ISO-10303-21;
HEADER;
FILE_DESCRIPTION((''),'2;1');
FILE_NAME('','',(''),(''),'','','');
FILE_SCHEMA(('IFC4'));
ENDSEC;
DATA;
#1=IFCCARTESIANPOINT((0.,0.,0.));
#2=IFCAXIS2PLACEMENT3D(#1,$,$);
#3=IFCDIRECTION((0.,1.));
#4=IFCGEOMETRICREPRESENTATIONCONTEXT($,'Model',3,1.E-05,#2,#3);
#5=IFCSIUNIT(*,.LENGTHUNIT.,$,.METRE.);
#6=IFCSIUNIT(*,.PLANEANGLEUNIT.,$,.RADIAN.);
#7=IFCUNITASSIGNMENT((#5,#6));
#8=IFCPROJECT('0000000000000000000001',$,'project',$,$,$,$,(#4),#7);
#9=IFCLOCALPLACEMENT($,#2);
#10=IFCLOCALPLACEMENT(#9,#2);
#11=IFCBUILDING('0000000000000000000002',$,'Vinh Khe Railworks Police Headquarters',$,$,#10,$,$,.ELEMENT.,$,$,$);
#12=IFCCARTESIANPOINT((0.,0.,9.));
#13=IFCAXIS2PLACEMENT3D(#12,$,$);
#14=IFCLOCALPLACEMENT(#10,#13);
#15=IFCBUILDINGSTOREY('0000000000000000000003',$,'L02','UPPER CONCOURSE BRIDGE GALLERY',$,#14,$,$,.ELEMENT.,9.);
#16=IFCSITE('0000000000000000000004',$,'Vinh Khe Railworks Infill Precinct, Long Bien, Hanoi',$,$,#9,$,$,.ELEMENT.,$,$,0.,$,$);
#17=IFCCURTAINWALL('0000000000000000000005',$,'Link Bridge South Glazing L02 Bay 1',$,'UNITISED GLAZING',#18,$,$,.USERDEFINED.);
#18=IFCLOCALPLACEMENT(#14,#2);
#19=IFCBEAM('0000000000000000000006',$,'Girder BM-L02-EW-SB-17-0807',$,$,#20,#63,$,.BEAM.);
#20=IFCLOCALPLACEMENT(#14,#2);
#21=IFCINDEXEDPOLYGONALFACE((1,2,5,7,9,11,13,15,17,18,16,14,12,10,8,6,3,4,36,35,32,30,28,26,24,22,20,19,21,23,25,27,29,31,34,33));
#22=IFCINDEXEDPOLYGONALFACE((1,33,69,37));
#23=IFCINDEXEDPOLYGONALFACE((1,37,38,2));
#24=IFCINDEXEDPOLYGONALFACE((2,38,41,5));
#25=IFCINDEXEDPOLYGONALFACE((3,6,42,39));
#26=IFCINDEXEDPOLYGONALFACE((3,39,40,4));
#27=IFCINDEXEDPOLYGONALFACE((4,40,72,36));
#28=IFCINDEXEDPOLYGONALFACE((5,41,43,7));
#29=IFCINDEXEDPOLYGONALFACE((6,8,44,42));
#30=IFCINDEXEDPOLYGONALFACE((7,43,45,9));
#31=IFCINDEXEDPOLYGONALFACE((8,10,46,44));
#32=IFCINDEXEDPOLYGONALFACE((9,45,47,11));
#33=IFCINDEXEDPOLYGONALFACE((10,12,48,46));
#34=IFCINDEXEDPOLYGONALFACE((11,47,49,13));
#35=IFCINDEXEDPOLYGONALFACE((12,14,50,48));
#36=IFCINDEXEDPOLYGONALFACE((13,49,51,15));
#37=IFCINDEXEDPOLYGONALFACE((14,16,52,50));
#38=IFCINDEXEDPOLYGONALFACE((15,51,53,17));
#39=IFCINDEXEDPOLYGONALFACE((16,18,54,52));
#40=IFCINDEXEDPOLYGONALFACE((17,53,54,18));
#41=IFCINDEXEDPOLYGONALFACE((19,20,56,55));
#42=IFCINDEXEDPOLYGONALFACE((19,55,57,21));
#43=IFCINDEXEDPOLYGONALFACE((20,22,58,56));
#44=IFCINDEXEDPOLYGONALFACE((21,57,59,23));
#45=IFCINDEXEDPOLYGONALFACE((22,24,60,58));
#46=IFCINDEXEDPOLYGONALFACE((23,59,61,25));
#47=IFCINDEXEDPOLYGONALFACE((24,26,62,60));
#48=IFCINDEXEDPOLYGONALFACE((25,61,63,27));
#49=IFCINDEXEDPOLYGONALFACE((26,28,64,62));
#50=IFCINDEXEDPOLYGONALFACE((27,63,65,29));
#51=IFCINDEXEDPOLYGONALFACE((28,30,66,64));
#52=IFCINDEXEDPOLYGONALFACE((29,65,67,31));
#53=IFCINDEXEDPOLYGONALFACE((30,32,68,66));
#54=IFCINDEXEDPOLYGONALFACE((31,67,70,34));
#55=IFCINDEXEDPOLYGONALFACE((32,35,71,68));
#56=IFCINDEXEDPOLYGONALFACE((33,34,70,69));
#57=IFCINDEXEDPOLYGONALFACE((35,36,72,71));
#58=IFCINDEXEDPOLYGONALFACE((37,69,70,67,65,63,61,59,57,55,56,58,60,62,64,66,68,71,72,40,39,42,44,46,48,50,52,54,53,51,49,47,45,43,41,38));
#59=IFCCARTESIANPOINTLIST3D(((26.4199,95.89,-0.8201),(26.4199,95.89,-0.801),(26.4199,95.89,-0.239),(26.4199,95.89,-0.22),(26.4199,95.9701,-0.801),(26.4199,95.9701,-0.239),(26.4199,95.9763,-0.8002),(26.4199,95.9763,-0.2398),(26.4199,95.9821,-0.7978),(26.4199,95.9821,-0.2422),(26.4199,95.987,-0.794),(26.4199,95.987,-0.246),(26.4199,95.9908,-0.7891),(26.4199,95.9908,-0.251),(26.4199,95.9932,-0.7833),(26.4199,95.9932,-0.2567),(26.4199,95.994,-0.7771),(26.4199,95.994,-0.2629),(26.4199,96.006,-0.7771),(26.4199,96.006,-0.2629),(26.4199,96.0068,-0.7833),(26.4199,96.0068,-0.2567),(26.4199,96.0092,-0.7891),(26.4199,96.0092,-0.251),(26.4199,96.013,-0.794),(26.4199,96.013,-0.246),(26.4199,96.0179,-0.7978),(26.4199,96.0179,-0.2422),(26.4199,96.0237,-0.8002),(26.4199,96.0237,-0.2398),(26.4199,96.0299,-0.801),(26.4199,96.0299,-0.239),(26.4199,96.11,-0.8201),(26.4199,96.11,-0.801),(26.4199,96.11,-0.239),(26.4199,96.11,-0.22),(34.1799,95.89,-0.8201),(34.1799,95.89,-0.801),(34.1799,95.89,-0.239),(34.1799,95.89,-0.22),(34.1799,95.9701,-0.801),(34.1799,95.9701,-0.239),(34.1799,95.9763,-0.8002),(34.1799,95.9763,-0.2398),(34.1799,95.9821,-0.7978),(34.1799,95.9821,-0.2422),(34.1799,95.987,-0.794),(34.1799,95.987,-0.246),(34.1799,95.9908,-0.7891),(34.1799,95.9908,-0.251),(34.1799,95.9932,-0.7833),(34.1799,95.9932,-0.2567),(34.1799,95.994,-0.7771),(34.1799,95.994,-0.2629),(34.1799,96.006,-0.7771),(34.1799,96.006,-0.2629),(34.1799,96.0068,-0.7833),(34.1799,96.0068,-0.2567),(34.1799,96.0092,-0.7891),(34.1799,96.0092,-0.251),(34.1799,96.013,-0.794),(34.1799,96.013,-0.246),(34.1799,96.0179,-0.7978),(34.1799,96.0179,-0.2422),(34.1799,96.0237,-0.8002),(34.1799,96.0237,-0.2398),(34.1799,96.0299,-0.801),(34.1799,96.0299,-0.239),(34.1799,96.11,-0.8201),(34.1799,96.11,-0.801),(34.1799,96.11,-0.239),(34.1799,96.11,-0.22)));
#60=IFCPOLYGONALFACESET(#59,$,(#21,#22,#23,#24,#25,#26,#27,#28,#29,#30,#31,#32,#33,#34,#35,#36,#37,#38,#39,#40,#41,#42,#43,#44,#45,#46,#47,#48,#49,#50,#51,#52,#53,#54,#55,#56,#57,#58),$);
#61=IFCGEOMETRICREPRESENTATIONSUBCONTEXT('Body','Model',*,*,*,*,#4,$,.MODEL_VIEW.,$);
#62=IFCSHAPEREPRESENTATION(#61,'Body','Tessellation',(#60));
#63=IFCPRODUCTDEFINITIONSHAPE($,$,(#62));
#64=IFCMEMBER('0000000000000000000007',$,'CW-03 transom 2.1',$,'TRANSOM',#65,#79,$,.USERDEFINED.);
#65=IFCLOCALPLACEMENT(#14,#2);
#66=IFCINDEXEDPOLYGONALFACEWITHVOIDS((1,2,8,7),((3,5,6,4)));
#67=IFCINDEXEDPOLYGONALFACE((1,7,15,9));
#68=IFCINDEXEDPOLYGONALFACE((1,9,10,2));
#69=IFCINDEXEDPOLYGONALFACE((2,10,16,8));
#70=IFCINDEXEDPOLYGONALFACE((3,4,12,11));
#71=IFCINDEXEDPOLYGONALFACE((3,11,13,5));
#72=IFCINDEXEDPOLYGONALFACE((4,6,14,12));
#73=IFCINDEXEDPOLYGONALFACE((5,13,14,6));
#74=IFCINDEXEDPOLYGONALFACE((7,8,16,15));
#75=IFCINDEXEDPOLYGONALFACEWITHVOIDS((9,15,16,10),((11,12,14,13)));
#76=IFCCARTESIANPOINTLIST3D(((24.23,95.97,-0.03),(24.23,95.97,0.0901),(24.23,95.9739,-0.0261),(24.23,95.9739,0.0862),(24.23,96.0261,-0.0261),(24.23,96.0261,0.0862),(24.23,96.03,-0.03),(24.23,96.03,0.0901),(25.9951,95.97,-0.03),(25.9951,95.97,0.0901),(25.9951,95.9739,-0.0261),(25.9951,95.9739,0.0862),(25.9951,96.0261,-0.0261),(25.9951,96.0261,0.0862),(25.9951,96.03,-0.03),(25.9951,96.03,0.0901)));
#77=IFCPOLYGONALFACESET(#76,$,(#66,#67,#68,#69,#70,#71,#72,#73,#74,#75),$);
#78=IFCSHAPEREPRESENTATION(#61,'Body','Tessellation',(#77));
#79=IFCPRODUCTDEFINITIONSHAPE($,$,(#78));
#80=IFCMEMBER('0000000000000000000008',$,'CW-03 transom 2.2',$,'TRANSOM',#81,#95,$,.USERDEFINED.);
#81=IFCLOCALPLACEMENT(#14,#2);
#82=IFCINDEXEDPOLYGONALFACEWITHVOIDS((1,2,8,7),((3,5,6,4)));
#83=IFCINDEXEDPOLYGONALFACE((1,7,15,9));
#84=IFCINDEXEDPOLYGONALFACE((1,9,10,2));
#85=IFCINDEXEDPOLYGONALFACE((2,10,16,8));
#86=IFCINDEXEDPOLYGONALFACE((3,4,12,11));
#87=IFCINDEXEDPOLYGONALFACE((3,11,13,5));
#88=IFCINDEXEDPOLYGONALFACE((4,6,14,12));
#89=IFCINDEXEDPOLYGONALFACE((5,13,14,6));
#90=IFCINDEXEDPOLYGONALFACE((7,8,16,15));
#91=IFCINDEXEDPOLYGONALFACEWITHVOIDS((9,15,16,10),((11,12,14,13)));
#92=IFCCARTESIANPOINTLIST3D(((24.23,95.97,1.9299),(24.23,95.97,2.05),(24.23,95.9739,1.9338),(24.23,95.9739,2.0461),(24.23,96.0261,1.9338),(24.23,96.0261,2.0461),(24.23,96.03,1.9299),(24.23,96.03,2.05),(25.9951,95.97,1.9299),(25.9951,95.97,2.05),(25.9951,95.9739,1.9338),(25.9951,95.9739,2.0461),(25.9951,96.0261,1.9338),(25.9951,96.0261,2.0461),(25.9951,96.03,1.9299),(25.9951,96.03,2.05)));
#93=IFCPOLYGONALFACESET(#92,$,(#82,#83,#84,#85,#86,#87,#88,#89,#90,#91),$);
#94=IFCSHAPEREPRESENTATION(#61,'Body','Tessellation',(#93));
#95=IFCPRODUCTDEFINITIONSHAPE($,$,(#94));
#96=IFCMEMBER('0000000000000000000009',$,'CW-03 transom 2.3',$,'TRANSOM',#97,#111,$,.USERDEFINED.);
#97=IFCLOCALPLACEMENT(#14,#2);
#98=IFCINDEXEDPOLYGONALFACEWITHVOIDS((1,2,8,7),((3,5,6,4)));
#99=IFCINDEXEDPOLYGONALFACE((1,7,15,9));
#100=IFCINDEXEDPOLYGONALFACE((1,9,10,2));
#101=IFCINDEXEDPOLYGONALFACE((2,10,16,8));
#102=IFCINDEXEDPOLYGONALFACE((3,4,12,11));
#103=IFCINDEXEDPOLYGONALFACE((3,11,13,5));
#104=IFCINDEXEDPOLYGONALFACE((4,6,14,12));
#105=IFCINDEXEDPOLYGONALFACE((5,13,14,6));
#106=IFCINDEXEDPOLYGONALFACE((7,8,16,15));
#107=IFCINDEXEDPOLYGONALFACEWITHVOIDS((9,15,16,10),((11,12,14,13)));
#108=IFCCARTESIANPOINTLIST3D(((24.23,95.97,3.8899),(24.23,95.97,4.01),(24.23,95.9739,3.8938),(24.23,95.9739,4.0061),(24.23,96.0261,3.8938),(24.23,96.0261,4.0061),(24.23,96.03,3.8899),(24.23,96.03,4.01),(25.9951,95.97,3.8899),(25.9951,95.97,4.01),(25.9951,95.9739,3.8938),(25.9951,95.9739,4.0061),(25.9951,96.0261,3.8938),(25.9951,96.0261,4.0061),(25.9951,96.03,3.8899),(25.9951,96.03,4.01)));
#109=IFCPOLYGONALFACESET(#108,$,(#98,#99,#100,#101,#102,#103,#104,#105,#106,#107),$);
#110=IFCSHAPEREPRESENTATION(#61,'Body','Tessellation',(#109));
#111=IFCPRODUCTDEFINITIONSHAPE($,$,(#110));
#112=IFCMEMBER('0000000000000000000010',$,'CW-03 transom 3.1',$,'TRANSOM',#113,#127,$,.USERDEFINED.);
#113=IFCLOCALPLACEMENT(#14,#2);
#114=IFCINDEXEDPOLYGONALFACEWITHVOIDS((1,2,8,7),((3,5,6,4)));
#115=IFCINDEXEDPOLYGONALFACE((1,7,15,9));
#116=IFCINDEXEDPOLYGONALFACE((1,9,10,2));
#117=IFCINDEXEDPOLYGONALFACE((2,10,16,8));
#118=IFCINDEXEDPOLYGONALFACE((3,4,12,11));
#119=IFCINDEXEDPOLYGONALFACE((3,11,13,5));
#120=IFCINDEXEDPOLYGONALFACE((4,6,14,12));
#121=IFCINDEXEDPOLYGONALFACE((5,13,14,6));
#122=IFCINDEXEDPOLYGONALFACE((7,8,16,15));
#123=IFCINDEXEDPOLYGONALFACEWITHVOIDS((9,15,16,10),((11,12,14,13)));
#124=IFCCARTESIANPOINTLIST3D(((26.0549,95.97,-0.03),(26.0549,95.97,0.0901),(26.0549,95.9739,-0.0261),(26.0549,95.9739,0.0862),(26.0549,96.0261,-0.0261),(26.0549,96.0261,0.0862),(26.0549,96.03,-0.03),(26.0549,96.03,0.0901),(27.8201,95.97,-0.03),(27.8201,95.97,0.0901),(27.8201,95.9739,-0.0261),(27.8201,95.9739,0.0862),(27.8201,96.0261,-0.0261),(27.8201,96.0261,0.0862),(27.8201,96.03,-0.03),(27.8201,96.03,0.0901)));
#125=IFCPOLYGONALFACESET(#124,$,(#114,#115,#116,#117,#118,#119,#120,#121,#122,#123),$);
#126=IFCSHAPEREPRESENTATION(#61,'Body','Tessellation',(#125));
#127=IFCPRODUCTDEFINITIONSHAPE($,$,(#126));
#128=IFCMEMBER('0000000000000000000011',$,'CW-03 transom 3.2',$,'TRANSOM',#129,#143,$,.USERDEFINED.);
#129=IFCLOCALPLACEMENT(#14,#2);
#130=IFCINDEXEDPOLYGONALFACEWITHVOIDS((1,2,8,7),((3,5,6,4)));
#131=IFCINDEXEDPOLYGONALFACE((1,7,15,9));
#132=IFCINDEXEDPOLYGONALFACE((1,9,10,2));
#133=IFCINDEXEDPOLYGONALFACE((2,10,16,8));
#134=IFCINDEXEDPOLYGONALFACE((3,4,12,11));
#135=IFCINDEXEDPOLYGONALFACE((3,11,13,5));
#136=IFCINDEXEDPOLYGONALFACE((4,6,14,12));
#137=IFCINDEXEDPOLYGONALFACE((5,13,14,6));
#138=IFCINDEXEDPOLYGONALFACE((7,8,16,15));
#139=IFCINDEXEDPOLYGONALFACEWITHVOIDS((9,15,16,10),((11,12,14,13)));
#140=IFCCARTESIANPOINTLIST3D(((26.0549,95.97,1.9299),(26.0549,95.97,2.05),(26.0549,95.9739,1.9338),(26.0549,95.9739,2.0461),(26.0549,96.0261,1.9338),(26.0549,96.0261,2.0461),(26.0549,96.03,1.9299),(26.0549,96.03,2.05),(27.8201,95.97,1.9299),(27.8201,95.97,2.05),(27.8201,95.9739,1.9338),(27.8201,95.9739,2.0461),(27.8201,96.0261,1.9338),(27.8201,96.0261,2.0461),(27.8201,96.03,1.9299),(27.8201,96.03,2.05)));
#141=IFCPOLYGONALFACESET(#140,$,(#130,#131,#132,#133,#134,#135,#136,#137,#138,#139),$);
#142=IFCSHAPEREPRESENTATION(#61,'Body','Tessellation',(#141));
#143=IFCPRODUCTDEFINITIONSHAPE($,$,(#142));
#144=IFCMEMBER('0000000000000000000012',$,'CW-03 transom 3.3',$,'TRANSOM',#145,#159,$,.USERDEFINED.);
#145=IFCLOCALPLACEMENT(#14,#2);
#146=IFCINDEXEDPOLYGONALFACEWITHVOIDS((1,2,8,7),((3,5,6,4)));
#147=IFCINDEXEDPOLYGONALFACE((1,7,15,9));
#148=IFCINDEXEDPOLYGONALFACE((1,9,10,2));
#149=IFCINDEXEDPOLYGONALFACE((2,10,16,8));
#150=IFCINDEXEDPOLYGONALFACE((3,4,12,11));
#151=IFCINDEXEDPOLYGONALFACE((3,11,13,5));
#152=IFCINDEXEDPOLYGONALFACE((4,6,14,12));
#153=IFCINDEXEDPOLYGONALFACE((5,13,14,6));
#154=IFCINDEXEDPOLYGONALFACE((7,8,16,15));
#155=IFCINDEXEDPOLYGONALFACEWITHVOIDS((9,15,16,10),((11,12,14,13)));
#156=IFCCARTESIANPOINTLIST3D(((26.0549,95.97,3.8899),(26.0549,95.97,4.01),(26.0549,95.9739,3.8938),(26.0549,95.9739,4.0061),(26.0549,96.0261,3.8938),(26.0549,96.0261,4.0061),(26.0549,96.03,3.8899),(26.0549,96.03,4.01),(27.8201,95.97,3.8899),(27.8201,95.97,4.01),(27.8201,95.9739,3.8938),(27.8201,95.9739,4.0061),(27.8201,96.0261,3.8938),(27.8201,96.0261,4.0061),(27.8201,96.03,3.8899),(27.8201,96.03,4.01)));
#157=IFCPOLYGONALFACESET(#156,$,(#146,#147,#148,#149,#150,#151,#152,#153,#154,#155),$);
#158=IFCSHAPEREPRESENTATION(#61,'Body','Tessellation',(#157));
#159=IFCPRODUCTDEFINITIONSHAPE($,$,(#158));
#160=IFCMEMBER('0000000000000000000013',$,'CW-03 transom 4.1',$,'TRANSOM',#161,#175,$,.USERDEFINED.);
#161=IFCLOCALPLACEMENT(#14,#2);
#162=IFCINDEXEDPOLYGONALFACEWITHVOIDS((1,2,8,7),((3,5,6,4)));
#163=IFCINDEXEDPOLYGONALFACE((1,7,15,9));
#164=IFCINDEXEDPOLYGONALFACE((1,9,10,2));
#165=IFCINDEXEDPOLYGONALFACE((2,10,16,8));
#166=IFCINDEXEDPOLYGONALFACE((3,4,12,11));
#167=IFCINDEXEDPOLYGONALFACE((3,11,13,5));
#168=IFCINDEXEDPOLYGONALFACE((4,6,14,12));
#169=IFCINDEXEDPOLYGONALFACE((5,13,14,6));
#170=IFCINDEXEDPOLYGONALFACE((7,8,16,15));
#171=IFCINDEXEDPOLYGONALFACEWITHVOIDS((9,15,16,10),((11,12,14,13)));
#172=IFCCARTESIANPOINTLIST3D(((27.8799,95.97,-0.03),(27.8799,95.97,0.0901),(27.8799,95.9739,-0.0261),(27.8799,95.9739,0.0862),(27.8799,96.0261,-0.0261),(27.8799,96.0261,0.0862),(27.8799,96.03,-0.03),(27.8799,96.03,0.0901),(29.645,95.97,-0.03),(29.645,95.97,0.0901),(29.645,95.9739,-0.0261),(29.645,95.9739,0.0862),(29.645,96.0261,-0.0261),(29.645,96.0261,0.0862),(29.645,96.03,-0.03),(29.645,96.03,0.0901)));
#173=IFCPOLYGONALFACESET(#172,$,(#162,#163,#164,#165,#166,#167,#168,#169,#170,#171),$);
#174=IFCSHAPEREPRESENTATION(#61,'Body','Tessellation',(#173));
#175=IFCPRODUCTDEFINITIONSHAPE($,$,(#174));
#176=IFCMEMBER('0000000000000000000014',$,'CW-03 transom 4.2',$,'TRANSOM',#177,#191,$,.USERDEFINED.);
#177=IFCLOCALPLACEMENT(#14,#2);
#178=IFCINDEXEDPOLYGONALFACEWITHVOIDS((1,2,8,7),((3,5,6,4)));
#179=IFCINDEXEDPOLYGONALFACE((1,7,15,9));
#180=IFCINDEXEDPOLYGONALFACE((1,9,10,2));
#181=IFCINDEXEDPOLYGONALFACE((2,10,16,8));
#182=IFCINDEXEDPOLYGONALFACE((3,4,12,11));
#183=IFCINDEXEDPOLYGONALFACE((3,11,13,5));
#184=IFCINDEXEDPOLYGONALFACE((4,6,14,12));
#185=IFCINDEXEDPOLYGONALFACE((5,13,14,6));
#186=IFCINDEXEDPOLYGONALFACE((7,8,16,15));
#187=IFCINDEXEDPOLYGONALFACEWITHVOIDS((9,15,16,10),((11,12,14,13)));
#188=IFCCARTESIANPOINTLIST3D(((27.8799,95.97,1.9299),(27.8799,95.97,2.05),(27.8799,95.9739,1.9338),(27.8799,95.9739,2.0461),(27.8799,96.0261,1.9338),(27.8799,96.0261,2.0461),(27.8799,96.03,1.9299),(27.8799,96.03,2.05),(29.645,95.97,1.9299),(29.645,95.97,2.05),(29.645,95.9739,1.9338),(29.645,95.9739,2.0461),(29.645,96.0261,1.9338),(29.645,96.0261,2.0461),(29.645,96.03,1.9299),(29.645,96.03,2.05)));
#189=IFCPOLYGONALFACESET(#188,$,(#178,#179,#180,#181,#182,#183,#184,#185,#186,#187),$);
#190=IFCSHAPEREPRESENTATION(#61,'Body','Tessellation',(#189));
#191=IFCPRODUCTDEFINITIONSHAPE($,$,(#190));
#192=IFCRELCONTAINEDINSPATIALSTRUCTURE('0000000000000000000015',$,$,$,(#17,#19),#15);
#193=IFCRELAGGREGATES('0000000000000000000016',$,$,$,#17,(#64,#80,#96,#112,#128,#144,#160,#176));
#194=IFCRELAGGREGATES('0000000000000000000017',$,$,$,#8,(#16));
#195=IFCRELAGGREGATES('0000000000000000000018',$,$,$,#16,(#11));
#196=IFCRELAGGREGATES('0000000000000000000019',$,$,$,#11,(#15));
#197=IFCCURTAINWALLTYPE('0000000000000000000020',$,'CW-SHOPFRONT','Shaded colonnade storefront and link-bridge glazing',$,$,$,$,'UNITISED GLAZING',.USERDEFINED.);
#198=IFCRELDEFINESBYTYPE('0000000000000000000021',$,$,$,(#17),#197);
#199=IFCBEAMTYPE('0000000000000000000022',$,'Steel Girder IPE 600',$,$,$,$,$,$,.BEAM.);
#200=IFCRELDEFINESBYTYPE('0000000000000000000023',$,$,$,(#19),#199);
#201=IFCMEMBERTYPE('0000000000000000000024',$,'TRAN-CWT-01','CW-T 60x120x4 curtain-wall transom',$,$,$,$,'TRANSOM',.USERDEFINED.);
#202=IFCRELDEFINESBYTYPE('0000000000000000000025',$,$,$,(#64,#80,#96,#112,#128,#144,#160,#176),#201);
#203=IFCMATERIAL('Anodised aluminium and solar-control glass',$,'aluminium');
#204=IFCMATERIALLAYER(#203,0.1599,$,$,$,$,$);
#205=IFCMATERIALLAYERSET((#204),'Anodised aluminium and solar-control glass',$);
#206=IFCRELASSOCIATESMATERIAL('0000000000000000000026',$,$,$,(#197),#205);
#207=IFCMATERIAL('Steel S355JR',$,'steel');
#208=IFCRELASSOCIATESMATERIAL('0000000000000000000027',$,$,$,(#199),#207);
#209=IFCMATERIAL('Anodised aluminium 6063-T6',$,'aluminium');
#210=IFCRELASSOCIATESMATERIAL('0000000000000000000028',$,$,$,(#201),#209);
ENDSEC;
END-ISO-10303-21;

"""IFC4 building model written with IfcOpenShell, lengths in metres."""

from ifc_helpers import new_model, si_unit, direction, frame, origin, origin_2d, place, context, subcontext, project, spatial, hollow_rectangle, i_section, extrude, material, layer, layer_set, material_profile, profile_set, type_object, element, aggregate, save


model = new_model("IFC4")

# Units and contexts
model_context = context("Model", 3, precision=1e-05, world=origin(), true_north=direction((0.0, 1.0)))
body_context = subcontext(model_context, "Body", "Model", "MODEL_VIEW")
ifc_project = project(units=[si_unit("LENGTHUNIT", "METRE"), si_unit("PLANEANGLEUNIT", "RADIAN")], contexts=[model_context])

# Site, building, storey
site_placement = place(None, origin())
site = spatial("IfcSite", under=ifc_project, at=site_placement, Name="Vinh Khe Railworks Infill Precinct, Long Bien, Hanoi", CompositionType="ELEMENT", RefElevation=0.0)
building_placement = place(site_placement, origin())
building = spatial("IfcBuilding", under=site, at=building_placement, Name="Vinh Khe Railworks Police Headquarters", CompositionType="ELEMENT")
storey_placement = place(building_placement, frame((0.0, 0.0, 9.0)))
storey = spatial("IfcBuildingStorey", under=building, at=storey_placement, Name="L02", Description="UPPER CONCOURSE BRIDGE GALLERY", CompositionType="ELEMENT", Elevation=9.0)

# Shared definitions
ifc_material_1 = material(Name="Steel S355JR", Category="steel")

# Curtain wall
ifc_material_2 = material(Name="Anodised aluminium and solar-control glass", Category="aluminium")
ifc_layer_1 = layer(ifc_material_2, 0.1599)
ifc_layer_set_1 = layer_set([ifc_layer_1], Name="Anodised aluminium and solar-control glass")
curtain_wall_type = type_object("IfcCurtainWallType", Name="CW-SHOPFRONT", Description="Shaded colonnade storefront and link-bridge glazing", ElementType="UNITISED GLAZING", PredefinedType="USERDEFINED", material=ifc_layer_set_1)
curtain_wall_placement = place(storey_placement, origin())
curtain_wall = element("IfcCurtainWall", 1, at=curtain_wall_placement, inside=storey, type_object=curtain_wall_type, Name="Link Bridge South Glazing L02 Bay 1", ObjectType="UNITISED GLAZING", PredefinedType="USERDEFINED")
ifc_material_3 = material(Name="Anodised aluminium 6063-T6", Category="aluminium")

# Beam
ifc_material_profile_1 = material_profile(ifc_material_1, i_section(OverallWidth=0.22, OverallDepth=0.6001, WebThickness=0.012, FlangeThickness=0.019, FilletRadius=0.0239, at=origin_2d()), Name="IPE 600")
ifc_profile_set_1 = profile_set([ifc_material_profile_1], Name="Steel S355JR")
beam_type_1 = type_object("IfcBeamType", Name="Steel Girder IPE 600", PredefinedType="BEAM", material=ifc_profile_set_1)
beam_1_placement = place(storey_placement, frame((26.4199, 96.0, -0.52), z_axis=(1.0, 0.0, 0.0), x_axis=(0.0, 1.0, 0.0)))
element("IfcBeam", 2, at=beam_1_placement, inside=storey, type_object=beam_type_1, Name="Girder BM-L02-EW-SB-17-0807", PredefinedType="BEAM", context=body_context, shape_type="SweptSolid", body=[
    extrude(i_section(OverallWidth=0.22, OverallDepth=0.6001, WebThickness=0.012, FlangeThickness=0.019, FilletRadius=0.0239, at=origin_2d()), origin(), (0.0, 0.0, 1.0), 7.76),
])

# Members
ifc_material_profile_2 = material_profile(ifc_material_3, hollow_rectangle(XDim=0.0601, YDim=0.1201, WallThickness=0.0039, at=origin_2d()), Name="CW-T 60x120x4")
ifc_profile_set_2 = profile_set([ifc_material_profile_2], Name="Anodised aluminium 6063-T6")
member_type_1 = type_object("IfcMemberType", Name="TRAN-CWT-01", Description="CW-T 60x120x4 curtain-wall transom", ElementType="TRANSOM", PredefinedType="USERDEFINED", material=ifc_profile_set_2)
member_1_placement = place(storey_placement, frame((24.23, 96.0, 0.03), z_axis=(1.0, 0.0, 0.0), x_axis=(0.0, 1.0, 0.0)))
member_1 = element("IfcMember", 3, at=member_1_placement, type_object=member_type_1, Name="CW-03 transom 2.1", ObjectType="TRANSOM", PredefinedType="USERDEFINED", context=body_context, shape_type="SweptSolid", body=[
    extrude(hollow_rectangle(XDim=0.0601, YDim=0.1201, WallThickness=0.0039, at=origin_2d()), origin(), (0.0, 0.0, 1.0), 1.7651),
])
member_2_placement = place(storey_placement, frame((24.23, 96.0, 1.99), z_axis=(1.0, 0.0, 0.0), x_axis=(0.0, 1.0, 0.0)))
member_2 = element("IfcMember", 4, at=member_2_placement, type_object=member_type_1, Name="CW-03 transom 2.2", ObjectType="TRANSOM", PredefinedType="USERDEFINED", context=body_context, shape_type="SweptSolid", body=[
    extrude(hollow_rectangle(XDim=0.0601, YDim=0.1201, WallThickness=0.0039, at=origin_2d()), origin(), (0.0, 0.0, 1.0), 1.7651),
])
member_3_placement = place(storey_placement, frame((24.23, 96.0, 3.95), z_axis=(1.0, 0.0, 0.0), x_axis=(0.0, 1.0, 0.0)))
member_3 = element("IfcMember", 5, at=member_3_placement, type_object=member_type_1, Name="CW-03 transom 2.3", ObjectType="TRANSOM", PredefinedType="USERDEFINED", context=body_context, shape_type="SweptSolid", body=[
    extrude(hollow_rectangle(XDim=0.0601, YDim=0.1201, WallThickness=0.0039, at=origin_2d()), origin(), (0.0, 0.0, 1.0), 1.7651),
])
member_4_placement = place(storey_placement, frame((26.0549, 96.0, 0.03), z_axis=(1.0, 0.0, 0.0), x_axis=(0.0, 1.0, 0.0)))
member_4 = element("IfcMember", 6, at=member_4_placement, type_object=member_type_1, Name="CW-03 transom 3.1", ObjectType="TRANSOM", PredefinedType="USERDEFINED", context=body_context, shape_type="SweptSolid", body=[
    extrude(hollow_rectangle(XDim=0.0601, YDim=0.1201, WallThickness=0.0039, at=origin_2d()), origin(), (0.0, 0.0, 1.0), 1.7651),
])
member_5_placement = place(storey_placement, frame((26.0549, 96.0, 1.99), z_axis=(1.0, 0.0, 0.0), x_axis=(0.0, 1.0, 0.0)))
member_5 = element("IfcMember", 7, at=member_5_placement, type_object=member_type_1, Name="CW-03 transom 3.2", ObjectType="TRANSOM", PredefinedType="USERDEFINED", context=body_context, shape_type="SweptSolid", body=[
    extrude(hollow_rectangle(XDim=0.0601, YDim=0.1201, WallThickness=0.0039, at=origin_2d()), origin(), (0.0, 0.0, 1.0), 1.7651),
])
member_6_placement = place(storey_placement, frame((26.0549, 96.0, 3.95), z_axis=(1.0, 0.0, 0.0), x_axis=(0.0, 1.0, 0.0)))
member_6 = element("IfcMember", 8, at=member_6_placement, type_object=member_type_1, Name="CW-03 transom 3.3", ObjectType="TRANSOM", PredefinedType="USERDEFINED", context=body_context, shape_type="SweptSolid", body=[
    extrude(hollow_rectangle(XDim=0.0601, YDim=0.1201, WallThickness=0.0039, at=origin_2d()), origin(), (0.0, 0.0, 1.0), 1.7651),
])
member_7_placement = place(storey_placement, frame((27.8799, 96.0, 0.03), z_axis=(1.0, 0.0, 0.0), x_axis=(0.0, 1.0, 0.0)))
member_7 = element("IfcMember", 9, at=member_7_placement, type_object=member_type_1, Name="CW-03 transom 4.1", ObjectType="TRANSOM", PredefinedType="USERDEFINED", context=body_context, shape_type="SweptSolid", body=[
    extrude(hollow_rectangle(XDim=0.0601, YDim=0.1201, WallThickness=0.0039, at=origin_2d()), origin(), (0.0, 0.0, 1.0), 1.7651),
])
member_8_placement = place(storey_placement, frame((27.8799, 96.0, 1.99), z_axis=(1.0, 0.0, 0.0), x_axis=(0.0, 1.0, 0.0)))
member_8 = element("IfcMember", 10, at=member_8_placement, type_object=member_type_1, Name="CW-03 transom 4.2", ObjectType="TRANSOM", PredefinedType="USERDEFINED", context=body_context, shape_type="SweptSolid", body=[
    extrude(hollow_rectangle(XDim=0.0601, YDim=0.1201, WallThickness=0.0039, at=origin_2d()), origin(), (0.0, 0.0, 1.0), 1.7651),
])

aggregate(curtain_wall, [member_1, member_2, member_3, member_4, member_5, member_6, member_7, member_8])

save(model, "model.ifc")
